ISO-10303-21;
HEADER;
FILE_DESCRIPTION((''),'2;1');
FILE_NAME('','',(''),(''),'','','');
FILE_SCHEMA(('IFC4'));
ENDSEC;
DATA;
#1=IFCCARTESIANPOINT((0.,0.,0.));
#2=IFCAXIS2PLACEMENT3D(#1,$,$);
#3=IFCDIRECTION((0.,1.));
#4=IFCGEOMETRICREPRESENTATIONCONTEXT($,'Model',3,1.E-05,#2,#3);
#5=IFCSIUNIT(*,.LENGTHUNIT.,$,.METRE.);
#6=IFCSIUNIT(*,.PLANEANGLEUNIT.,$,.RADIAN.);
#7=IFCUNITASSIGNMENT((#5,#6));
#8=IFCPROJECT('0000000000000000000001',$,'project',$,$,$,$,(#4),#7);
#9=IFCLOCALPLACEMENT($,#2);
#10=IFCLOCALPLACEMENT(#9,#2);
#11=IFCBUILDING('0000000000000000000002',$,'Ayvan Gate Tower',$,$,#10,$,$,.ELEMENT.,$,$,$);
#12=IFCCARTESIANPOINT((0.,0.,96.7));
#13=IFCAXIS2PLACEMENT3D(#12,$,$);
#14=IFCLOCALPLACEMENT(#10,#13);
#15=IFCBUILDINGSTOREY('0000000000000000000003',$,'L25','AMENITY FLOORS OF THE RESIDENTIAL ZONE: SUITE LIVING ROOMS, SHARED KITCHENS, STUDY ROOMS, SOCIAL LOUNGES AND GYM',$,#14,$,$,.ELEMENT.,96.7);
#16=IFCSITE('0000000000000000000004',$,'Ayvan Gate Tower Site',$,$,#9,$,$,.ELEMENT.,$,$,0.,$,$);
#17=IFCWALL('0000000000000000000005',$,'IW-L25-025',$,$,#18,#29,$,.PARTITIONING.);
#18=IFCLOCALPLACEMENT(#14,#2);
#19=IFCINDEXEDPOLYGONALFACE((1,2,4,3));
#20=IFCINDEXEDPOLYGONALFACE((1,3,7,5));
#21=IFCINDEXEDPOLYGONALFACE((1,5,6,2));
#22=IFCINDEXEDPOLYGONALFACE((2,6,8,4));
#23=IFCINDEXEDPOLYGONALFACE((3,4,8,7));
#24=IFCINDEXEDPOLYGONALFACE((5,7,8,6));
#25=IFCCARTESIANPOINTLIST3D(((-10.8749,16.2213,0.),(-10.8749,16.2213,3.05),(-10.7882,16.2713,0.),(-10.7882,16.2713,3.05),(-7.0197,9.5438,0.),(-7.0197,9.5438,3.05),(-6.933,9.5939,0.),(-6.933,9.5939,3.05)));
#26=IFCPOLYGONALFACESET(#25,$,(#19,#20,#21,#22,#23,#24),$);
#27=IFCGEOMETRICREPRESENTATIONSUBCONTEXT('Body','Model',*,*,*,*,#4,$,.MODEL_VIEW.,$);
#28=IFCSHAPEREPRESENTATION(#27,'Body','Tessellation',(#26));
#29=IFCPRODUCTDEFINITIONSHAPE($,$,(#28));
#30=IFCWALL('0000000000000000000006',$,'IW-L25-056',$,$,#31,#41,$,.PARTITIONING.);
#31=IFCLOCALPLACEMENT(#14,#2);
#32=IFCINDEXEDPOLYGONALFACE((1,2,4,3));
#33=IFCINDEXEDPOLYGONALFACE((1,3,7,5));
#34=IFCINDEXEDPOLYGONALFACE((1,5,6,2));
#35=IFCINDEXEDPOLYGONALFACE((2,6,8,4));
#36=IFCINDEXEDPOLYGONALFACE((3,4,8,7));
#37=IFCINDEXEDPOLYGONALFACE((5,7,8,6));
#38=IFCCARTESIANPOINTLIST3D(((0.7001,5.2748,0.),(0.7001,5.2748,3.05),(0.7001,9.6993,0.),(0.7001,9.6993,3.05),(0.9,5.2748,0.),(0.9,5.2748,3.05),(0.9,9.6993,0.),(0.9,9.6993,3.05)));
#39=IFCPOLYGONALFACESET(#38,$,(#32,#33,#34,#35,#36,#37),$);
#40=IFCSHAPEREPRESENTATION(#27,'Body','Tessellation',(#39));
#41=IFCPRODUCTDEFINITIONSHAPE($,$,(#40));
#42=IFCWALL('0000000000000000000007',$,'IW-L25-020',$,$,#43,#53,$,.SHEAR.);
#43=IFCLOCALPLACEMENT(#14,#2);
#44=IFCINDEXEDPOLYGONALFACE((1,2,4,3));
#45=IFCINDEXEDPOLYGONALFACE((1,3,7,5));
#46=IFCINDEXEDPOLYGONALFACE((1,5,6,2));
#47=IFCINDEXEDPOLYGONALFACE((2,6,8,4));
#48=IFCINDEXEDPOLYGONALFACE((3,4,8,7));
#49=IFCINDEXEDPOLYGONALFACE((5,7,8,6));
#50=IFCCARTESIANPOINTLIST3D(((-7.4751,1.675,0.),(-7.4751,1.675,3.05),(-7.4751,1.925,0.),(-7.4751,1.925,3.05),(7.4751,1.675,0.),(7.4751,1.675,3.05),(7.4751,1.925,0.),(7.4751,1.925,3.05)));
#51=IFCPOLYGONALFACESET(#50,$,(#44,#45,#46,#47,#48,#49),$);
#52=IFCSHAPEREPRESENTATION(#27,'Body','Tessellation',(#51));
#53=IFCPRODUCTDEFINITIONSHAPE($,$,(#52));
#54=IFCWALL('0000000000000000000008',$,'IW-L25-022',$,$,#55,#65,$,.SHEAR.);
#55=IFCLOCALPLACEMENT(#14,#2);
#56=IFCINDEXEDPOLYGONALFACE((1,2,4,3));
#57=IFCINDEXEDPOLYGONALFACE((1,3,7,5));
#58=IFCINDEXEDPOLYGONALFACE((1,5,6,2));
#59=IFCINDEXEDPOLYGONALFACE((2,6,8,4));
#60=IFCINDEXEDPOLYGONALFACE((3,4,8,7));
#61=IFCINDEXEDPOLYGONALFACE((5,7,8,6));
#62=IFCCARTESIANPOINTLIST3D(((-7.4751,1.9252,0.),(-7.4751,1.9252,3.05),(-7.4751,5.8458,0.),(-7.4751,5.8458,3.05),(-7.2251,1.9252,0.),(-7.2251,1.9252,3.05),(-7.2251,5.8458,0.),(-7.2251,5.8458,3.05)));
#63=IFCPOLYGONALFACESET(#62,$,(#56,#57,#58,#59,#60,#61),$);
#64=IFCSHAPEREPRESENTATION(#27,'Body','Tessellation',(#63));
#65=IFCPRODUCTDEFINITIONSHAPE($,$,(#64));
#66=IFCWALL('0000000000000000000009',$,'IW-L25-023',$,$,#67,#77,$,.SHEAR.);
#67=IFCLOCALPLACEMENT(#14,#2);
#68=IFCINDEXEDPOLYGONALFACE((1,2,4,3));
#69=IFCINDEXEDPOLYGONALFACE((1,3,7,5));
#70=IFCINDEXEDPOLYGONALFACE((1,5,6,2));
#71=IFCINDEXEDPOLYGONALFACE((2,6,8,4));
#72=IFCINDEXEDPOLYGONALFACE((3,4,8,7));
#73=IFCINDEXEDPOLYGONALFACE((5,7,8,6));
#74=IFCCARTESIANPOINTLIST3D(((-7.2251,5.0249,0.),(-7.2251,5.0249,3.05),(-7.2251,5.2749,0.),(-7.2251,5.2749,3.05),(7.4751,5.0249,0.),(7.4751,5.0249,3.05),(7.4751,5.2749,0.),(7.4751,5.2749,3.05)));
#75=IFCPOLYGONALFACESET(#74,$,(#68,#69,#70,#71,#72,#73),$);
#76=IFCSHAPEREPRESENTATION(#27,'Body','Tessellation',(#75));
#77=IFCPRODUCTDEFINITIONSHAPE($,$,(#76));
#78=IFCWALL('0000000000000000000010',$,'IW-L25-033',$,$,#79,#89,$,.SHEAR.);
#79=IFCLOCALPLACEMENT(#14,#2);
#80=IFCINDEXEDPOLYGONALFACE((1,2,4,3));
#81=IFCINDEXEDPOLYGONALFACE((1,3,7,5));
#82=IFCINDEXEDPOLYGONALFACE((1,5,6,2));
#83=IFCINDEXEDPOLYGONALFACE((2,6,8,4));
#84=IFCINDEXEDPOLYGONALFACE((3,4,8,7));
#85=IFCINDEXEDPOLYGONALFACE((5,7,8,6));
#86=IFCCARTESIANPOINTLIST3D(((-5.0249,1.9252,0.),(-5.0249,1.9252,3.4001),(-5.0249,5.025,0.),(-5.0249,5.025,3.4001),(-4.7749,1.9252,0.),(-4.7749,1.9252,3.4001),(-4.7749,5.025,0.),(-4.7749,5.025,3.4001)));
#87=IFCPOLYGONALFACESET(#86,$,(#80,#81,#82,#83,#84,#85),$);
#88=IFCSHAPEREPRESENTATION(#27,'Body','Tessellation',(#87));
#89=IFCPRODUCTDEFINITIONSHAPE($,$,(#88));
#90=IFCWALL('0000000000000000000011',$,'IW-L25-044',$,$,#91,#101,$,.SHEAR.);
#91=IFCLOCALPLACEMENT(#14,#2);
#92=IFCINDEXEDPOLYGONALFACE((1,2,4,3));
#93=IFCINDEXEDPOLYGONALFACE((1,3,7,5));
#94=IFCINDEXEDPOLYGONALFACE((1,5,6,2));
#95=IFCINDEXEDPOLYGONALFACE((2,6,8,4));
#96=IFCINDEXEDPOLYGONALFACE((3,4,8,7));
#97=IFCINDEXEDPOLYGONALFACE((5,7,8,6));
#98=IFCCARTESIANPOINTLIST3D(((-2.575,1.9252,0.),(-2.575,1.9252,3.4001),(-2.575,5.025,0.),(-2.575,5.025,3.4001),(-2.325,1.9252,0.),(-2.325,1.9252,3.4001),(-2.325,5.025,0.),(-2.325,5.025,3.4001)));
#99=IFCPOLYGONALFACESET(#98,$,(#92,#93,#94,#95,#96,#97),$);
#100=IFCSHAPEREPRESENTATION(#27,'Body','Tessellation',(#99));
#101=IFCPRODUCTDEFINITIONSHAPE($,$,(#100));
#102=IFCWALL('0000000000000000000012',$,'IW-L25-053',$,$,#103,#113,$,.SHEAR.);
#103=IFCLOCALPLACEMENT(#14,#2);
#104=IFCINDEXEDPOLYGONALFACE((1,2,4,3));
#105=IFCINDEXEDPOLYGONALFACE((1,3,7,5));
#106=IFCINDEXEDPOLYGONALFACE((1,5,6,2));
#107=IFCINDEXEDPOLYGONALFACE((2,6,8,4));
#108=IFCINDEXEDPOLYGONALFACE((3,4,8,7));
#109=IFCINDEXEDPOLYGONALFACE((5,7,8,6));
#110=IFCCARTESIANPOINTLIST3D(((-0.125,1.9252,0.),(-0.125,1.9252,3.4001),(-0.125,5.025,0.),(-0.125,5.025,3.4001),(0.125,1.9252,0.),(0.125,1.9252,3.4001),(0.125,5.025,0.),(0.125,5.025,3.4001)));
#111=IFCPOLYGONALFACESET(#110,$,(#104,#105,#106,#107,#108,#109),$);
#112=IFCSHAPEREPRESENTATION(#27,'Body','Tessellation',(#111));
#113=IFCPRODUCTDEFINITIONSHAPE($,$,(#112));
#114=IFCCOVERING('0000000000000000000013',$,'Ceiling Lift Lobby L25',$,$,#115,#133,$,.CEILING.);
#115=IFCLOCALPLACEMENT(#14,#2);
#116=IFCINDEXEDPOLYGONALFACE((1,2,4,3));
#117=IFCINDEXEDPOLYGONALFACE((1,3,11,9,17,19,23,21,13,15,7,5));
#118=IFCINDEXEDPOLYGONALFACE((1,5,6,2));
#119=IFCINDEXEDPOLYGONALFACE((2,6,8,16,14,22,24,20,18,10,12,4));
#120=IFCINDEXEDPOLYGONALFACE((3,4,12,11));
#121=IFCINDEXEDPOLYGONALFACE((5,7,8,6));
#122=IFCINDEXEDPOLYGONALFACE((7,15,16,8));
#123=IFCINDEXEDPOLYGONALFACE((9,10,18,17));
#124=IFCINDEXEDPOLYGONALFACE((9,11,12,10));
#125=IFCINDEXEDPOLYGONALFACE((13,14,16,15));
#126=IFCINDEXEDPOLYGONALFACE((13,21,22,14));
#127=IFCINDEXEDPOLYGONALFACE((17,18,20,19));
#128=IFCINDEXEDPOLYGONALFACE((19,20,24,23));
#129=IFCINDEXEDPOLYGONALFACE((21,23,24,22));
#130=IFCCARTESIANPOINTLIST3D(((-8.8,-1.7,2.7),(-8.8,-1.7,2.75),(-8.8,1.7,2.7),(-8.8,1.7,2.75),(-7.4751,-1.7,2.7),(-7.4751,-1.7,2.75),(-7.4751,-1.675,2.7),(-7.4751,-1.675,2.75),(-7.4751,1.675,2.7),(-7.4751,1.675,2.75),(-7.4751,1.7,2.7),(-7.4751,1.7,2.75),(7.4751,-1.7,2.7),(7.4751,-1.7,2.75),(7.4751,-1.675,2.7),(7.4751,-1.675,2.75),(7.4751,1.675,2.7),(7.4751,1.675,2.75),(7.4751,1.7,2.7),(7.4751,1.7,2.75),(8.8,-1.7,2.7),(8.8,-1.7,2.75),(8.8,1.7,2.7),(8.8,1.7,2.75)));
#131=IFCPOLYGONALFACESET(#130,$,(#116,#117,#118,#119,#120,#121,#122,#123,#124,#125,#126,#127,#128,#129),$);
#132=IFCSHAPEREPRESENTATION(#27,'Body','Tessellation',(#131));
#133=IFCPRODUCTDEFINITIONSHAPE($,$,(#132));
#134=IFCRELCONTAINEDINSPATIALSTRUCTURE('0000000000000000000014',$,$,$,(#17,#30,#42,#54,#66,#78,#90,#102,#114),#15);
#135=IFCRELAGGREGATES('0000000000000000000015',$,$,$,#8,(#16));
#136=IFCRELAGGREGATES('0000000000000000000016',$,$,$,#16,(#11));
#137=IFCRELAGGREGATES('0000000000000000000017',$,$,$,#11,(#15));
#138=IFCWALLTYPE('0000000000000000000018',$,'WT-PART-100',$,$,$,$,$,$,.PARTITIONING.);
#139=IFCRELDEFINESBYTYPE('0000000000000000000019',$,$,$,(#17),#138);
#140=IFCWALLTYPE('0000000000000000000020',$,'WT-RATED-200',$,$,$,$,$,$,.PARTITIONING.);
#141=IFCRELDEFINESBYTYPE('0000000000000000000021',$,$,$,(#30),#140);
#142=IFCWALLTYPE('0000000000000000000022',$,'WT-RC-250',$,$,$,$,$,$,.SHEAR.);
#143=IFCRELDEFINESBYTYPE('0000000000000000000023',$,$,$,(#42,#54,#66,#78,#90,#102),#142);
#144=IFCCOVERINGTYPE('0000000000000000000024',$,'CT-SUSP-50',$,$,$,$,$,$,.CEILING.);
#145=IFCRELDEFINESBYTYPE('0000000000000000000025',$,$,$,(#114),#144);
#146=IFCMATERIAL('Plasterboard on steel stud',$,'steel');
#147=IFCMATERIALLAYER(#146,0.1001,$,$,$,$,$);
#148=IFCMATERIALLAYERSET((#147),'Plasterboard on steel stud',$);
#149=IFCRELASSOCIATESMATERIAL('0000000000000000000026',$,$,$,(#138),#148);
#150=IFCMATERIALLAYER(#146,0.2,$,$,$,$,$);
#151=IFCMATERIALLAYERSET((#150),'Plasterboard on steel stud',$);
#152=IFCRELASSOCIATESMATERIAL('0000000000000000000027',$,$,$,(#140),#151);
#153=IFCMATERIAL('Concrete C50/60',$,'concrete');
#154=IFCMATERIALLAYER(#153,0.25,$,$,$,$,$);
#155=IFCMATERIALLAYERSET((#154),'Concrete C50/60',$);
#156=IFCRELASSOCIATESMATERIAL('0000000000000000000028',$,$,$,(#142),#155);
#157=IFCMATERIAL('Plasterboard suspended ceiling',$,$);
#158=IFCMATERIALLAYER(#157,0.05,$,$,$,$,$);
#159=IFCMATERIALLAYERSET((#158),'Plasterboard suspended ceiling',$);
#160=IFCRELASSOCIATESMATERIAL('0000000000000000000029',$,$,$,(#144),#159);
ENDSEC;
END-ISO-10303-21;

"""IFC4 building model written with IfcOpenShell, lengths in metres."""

from ifc_helpers import new_model, si_unit, direction, frame, frame_2d, origin, place, context, subcontext, project, spatial, polyline, rectangle, outline, extrude, material, layer, layer_set, type_object, element, save


model = new_model("IFC4")

# Units and contexts
model_context = context("Model", 3, precision=1e-05, world=origin(), true_north=direction((0.0, 1.0)))
body_context = subcontext(model_context, "Body", "Model", "MODEL_VIEW")
ifc_project = project(units=[si_unit("LENGTHUNIT", "METRE"), si_unit("PLANEANGLEUNIT", "RADIAN")], contexts=[model_context])

# Site, building, storey
site_placement = place(None, origin())
site = spatial("IfcSite", under=ifc_project, at=site_placement, Name="Ayvan Gate Tower Site", CompositionType="ELEMENT", RefElevation=0.0)
building_placement = place(site_placement, origin())
building = spatial("IfcBuilding", under=site, at=building_placement, Name="Ayvan Gate Tower", CompositionType="ELEMENT")
storey_placement = place(building_placement, frame((0.0, 0.0, 96.7)))
storey = spatial("IfcBuildingStorey", under=building, at=storey_placement, Name="L25", Description="AMENITY FLOORS OF THE RESIDENTIAL ZONE: SUITE LIVING ROOMS, SHARED KITCHENS, STUDY ROOMS, SOCIAL LOUNGES AND GYM", CompositionType="ELEMENT", Elevation=96.7)

# Walls
ifc_material_1 = material(Name="Plasterboard on steel stud", Category="steel")
ifc_layer_1 = layer(ifc_material_1, 0.1001)
ifc_layer_set_1 = layer_set([ifc_layer_1], Name="Plasterboard on steel stud")
wall_type_1 = type_object("IfcWallType", Name="WT-PART-100", PredefinedType="PARTITIONING", material=ifc_layer_set_1)
wall_1_placement = place(storey_placement, frame((-6.9763, 9.5688, 0.0), z_axis=(0.0, 0.0, 1.0), x_axis=(-0.499997, 0.866027, 0.0)))
element("IfcWall", 1, at=wall_1_placement, inside=storey, type_object=wall_type_1, Name="IW-L25-025", PredefinedType="PARTITIONING", context=body_context, shape_type="SweptSolid", body=[
    extrude(rectangle(XDim=7.7104, YDim=0.1001, at=frame_2d((3.8552, 0.0))), origin(), (0.0, 0.0, 1.0), 3.05),
])
ifc_layer_2 = layer(ifc_material_1, 0.2)
ifc_layer_set_2 = layer_set([ifc_layer_2], Name="Plasterboard on steel stud")
wall_type_2 = type_object("IfcWallType", Name="WT-RATED-200", PredefinedType="PARTITIONING", material=ifc_layer_set_2)
wall_2_placement = place(storey_placement, frame((0.8, 9.6995, 0.0), z_axis=(0.0, 0.0, 1.0), x_axis=(0.0, -1.0, 0.0)))
element("IfcWall", 2, at=wall_2_placement, inside=storey, type_object=wall_type_2, Name="IW-L25-056", PredefinedType="PARTITIONING", context=body_context, shape_type="SweptSolid", body=[
    extrude(rectangle(XDim=4.4246, YDim=0.2, at=frame_2d((2.2124, 0.0))), origin(), (0.0, 0.0, 1.0), 3.05),
])
ifc_material_2 = material(Name="Concrete C50/60", Category="concrete")
ifc_layer_3 = layer(ifc_material_2, 0.25)
ifc_layer_set_3 = layer_set([ifc_layer_3], Name="Concrete C50/60")
wall_type_3 = type_object("IfcWallType", Name="WT-RC-250", PredefinedType="SHEAR", material=ifc_layer_set_3)
wall_3_placement = place(storey_placement, frame((-7.4751, 1.8, 0.0), z_axis=(0.0, 0.0, 1.0), x_axis=(1.0, 0.0, 0.0)))
element("IfcWall", 3, at=wall_3_placement, inside=storey, type_object=wall_type_3, Name="IW-L25-020", PredefinedType="SHEAR", context=body_context, shape_type="SweptSolid", body=[
    extrude(rectangle(XDim=14.9502, YDim=0.25, at=frame_2d((7.4751, 0.0))), origin(), (0.0, 0.0, 1.0), 3.05),
])
wall_4_placement = place(storey_placement, frame((-7.3501, 1.925, 0.0), z_axis=(0.0, 0.0, 1.0), x_axis=(0.0, 1.0, 0.0)))
element("IfcWall", 4, at=wall_4_placement, inside=storey, type_object=wall_type_3, Name="IW-L25-022", PredefinedType="SHEAR", context=body_context, shape_type="SweptSolid", body=[
    extrude(rectangle(XDim=3.9207, YDim=0.25, at=frame_2d((1.9604, 0.0))), origin(), (0.0, 0.0, 1.0), 3.05),
])
wall_5_placement = place(storey_placement, frame((-7.2251, 5.1499, 0.0), z_axis=(0.0, 0.0, 1.0), x_axis=(1.0, 0.0, 0.0)))
element("IfcWall", 5, at=wall_5_placement, inside=storey, type_object=wall_type_3, Name="IW-L25-023", PredefinedType="SHEAR", context=body_context, shape_type="SweptSolid", body=[
    extrude(rectangle(XDim=14.7002, YDim=0.25, at=frame_2d((7.3501, 0.0))), origin(), (0.0, 0.0, 1.0), 3.05),
])
for number, where, z_axis, x_axis, name in (
    (6, (-4.8999, 5.0249, 0.0), (0.0, 0.0, 1.0), (0.0, -1.0, 0.0), "IW-L25-033"),
    (7, (-2.45, 5.0249, 0.0), (0.0, 0.0, 1.0), (0.0, -1.0, 0.0), "IW-L25-044"),
    (8, (0.0, 5.0249, 0.0), (0.0, 0.0, 1.0), (0.0, -1.0, 0.0), "IW-L25-053"),
):
    element("IfcWall", number, at=place(storey_placement, frame(where, z_axis=z_axis, x_axis=x_axis)), inside=storey, type_object=wall_type_3, Name=name, PredefinedType="SHEAR", context=body_context, shape_type="SweptSolid", body=[
        extrude(rectangle(XDim=3.0999, YDim=0.25, at=frame_2d((1.5498, 0.0))), origin(), (0.0, 0.0, 1.0), 3.4001),
    ])

# Covering
ifc_material_3 = material(Name="Plasterboard suspended ceiling")
ifc_layer_4 = layer(ifc_material_3, 0.05)
ifc_layer_set_4 = layer_set([ifc_layer_4], Name="Plasterboard suspended ceiling")
covering_type = type_object("IfcCoveringType", Name="CT-SUSP-50", PredefinedType="CEILING", material=ifc_layer_set_4)
covering_1_placement = place(storey_placement, frame((0.0, 0.0, 2.7)))
element("IfcCovering", 9, at=covering_1_placement, inside=storey, type_object=covering_type, Name="Ceiling Lift Lobby L25", PredefinedType="CEILING", context=body_context, shape_type="SweptSolid", body=[
    extrude(outline(polyline([(7.4751, -1.675), (-7.4751, -1.675), (-7.4751, -1.7), (-8.8, -1.7), (-8.8, 1.7), (-7.4751, 1.7), (-7.4751, 1.675), (7.4751, 1.675), (7.4751, 1.7), (8.8, 1.7), (8.8, -1.7), (7.4751, -1.7), (7.4751, -1.675)])), origin(), (0.0, 0.0, 1.0), 0.05),
])

save(model, "model.ifc")
